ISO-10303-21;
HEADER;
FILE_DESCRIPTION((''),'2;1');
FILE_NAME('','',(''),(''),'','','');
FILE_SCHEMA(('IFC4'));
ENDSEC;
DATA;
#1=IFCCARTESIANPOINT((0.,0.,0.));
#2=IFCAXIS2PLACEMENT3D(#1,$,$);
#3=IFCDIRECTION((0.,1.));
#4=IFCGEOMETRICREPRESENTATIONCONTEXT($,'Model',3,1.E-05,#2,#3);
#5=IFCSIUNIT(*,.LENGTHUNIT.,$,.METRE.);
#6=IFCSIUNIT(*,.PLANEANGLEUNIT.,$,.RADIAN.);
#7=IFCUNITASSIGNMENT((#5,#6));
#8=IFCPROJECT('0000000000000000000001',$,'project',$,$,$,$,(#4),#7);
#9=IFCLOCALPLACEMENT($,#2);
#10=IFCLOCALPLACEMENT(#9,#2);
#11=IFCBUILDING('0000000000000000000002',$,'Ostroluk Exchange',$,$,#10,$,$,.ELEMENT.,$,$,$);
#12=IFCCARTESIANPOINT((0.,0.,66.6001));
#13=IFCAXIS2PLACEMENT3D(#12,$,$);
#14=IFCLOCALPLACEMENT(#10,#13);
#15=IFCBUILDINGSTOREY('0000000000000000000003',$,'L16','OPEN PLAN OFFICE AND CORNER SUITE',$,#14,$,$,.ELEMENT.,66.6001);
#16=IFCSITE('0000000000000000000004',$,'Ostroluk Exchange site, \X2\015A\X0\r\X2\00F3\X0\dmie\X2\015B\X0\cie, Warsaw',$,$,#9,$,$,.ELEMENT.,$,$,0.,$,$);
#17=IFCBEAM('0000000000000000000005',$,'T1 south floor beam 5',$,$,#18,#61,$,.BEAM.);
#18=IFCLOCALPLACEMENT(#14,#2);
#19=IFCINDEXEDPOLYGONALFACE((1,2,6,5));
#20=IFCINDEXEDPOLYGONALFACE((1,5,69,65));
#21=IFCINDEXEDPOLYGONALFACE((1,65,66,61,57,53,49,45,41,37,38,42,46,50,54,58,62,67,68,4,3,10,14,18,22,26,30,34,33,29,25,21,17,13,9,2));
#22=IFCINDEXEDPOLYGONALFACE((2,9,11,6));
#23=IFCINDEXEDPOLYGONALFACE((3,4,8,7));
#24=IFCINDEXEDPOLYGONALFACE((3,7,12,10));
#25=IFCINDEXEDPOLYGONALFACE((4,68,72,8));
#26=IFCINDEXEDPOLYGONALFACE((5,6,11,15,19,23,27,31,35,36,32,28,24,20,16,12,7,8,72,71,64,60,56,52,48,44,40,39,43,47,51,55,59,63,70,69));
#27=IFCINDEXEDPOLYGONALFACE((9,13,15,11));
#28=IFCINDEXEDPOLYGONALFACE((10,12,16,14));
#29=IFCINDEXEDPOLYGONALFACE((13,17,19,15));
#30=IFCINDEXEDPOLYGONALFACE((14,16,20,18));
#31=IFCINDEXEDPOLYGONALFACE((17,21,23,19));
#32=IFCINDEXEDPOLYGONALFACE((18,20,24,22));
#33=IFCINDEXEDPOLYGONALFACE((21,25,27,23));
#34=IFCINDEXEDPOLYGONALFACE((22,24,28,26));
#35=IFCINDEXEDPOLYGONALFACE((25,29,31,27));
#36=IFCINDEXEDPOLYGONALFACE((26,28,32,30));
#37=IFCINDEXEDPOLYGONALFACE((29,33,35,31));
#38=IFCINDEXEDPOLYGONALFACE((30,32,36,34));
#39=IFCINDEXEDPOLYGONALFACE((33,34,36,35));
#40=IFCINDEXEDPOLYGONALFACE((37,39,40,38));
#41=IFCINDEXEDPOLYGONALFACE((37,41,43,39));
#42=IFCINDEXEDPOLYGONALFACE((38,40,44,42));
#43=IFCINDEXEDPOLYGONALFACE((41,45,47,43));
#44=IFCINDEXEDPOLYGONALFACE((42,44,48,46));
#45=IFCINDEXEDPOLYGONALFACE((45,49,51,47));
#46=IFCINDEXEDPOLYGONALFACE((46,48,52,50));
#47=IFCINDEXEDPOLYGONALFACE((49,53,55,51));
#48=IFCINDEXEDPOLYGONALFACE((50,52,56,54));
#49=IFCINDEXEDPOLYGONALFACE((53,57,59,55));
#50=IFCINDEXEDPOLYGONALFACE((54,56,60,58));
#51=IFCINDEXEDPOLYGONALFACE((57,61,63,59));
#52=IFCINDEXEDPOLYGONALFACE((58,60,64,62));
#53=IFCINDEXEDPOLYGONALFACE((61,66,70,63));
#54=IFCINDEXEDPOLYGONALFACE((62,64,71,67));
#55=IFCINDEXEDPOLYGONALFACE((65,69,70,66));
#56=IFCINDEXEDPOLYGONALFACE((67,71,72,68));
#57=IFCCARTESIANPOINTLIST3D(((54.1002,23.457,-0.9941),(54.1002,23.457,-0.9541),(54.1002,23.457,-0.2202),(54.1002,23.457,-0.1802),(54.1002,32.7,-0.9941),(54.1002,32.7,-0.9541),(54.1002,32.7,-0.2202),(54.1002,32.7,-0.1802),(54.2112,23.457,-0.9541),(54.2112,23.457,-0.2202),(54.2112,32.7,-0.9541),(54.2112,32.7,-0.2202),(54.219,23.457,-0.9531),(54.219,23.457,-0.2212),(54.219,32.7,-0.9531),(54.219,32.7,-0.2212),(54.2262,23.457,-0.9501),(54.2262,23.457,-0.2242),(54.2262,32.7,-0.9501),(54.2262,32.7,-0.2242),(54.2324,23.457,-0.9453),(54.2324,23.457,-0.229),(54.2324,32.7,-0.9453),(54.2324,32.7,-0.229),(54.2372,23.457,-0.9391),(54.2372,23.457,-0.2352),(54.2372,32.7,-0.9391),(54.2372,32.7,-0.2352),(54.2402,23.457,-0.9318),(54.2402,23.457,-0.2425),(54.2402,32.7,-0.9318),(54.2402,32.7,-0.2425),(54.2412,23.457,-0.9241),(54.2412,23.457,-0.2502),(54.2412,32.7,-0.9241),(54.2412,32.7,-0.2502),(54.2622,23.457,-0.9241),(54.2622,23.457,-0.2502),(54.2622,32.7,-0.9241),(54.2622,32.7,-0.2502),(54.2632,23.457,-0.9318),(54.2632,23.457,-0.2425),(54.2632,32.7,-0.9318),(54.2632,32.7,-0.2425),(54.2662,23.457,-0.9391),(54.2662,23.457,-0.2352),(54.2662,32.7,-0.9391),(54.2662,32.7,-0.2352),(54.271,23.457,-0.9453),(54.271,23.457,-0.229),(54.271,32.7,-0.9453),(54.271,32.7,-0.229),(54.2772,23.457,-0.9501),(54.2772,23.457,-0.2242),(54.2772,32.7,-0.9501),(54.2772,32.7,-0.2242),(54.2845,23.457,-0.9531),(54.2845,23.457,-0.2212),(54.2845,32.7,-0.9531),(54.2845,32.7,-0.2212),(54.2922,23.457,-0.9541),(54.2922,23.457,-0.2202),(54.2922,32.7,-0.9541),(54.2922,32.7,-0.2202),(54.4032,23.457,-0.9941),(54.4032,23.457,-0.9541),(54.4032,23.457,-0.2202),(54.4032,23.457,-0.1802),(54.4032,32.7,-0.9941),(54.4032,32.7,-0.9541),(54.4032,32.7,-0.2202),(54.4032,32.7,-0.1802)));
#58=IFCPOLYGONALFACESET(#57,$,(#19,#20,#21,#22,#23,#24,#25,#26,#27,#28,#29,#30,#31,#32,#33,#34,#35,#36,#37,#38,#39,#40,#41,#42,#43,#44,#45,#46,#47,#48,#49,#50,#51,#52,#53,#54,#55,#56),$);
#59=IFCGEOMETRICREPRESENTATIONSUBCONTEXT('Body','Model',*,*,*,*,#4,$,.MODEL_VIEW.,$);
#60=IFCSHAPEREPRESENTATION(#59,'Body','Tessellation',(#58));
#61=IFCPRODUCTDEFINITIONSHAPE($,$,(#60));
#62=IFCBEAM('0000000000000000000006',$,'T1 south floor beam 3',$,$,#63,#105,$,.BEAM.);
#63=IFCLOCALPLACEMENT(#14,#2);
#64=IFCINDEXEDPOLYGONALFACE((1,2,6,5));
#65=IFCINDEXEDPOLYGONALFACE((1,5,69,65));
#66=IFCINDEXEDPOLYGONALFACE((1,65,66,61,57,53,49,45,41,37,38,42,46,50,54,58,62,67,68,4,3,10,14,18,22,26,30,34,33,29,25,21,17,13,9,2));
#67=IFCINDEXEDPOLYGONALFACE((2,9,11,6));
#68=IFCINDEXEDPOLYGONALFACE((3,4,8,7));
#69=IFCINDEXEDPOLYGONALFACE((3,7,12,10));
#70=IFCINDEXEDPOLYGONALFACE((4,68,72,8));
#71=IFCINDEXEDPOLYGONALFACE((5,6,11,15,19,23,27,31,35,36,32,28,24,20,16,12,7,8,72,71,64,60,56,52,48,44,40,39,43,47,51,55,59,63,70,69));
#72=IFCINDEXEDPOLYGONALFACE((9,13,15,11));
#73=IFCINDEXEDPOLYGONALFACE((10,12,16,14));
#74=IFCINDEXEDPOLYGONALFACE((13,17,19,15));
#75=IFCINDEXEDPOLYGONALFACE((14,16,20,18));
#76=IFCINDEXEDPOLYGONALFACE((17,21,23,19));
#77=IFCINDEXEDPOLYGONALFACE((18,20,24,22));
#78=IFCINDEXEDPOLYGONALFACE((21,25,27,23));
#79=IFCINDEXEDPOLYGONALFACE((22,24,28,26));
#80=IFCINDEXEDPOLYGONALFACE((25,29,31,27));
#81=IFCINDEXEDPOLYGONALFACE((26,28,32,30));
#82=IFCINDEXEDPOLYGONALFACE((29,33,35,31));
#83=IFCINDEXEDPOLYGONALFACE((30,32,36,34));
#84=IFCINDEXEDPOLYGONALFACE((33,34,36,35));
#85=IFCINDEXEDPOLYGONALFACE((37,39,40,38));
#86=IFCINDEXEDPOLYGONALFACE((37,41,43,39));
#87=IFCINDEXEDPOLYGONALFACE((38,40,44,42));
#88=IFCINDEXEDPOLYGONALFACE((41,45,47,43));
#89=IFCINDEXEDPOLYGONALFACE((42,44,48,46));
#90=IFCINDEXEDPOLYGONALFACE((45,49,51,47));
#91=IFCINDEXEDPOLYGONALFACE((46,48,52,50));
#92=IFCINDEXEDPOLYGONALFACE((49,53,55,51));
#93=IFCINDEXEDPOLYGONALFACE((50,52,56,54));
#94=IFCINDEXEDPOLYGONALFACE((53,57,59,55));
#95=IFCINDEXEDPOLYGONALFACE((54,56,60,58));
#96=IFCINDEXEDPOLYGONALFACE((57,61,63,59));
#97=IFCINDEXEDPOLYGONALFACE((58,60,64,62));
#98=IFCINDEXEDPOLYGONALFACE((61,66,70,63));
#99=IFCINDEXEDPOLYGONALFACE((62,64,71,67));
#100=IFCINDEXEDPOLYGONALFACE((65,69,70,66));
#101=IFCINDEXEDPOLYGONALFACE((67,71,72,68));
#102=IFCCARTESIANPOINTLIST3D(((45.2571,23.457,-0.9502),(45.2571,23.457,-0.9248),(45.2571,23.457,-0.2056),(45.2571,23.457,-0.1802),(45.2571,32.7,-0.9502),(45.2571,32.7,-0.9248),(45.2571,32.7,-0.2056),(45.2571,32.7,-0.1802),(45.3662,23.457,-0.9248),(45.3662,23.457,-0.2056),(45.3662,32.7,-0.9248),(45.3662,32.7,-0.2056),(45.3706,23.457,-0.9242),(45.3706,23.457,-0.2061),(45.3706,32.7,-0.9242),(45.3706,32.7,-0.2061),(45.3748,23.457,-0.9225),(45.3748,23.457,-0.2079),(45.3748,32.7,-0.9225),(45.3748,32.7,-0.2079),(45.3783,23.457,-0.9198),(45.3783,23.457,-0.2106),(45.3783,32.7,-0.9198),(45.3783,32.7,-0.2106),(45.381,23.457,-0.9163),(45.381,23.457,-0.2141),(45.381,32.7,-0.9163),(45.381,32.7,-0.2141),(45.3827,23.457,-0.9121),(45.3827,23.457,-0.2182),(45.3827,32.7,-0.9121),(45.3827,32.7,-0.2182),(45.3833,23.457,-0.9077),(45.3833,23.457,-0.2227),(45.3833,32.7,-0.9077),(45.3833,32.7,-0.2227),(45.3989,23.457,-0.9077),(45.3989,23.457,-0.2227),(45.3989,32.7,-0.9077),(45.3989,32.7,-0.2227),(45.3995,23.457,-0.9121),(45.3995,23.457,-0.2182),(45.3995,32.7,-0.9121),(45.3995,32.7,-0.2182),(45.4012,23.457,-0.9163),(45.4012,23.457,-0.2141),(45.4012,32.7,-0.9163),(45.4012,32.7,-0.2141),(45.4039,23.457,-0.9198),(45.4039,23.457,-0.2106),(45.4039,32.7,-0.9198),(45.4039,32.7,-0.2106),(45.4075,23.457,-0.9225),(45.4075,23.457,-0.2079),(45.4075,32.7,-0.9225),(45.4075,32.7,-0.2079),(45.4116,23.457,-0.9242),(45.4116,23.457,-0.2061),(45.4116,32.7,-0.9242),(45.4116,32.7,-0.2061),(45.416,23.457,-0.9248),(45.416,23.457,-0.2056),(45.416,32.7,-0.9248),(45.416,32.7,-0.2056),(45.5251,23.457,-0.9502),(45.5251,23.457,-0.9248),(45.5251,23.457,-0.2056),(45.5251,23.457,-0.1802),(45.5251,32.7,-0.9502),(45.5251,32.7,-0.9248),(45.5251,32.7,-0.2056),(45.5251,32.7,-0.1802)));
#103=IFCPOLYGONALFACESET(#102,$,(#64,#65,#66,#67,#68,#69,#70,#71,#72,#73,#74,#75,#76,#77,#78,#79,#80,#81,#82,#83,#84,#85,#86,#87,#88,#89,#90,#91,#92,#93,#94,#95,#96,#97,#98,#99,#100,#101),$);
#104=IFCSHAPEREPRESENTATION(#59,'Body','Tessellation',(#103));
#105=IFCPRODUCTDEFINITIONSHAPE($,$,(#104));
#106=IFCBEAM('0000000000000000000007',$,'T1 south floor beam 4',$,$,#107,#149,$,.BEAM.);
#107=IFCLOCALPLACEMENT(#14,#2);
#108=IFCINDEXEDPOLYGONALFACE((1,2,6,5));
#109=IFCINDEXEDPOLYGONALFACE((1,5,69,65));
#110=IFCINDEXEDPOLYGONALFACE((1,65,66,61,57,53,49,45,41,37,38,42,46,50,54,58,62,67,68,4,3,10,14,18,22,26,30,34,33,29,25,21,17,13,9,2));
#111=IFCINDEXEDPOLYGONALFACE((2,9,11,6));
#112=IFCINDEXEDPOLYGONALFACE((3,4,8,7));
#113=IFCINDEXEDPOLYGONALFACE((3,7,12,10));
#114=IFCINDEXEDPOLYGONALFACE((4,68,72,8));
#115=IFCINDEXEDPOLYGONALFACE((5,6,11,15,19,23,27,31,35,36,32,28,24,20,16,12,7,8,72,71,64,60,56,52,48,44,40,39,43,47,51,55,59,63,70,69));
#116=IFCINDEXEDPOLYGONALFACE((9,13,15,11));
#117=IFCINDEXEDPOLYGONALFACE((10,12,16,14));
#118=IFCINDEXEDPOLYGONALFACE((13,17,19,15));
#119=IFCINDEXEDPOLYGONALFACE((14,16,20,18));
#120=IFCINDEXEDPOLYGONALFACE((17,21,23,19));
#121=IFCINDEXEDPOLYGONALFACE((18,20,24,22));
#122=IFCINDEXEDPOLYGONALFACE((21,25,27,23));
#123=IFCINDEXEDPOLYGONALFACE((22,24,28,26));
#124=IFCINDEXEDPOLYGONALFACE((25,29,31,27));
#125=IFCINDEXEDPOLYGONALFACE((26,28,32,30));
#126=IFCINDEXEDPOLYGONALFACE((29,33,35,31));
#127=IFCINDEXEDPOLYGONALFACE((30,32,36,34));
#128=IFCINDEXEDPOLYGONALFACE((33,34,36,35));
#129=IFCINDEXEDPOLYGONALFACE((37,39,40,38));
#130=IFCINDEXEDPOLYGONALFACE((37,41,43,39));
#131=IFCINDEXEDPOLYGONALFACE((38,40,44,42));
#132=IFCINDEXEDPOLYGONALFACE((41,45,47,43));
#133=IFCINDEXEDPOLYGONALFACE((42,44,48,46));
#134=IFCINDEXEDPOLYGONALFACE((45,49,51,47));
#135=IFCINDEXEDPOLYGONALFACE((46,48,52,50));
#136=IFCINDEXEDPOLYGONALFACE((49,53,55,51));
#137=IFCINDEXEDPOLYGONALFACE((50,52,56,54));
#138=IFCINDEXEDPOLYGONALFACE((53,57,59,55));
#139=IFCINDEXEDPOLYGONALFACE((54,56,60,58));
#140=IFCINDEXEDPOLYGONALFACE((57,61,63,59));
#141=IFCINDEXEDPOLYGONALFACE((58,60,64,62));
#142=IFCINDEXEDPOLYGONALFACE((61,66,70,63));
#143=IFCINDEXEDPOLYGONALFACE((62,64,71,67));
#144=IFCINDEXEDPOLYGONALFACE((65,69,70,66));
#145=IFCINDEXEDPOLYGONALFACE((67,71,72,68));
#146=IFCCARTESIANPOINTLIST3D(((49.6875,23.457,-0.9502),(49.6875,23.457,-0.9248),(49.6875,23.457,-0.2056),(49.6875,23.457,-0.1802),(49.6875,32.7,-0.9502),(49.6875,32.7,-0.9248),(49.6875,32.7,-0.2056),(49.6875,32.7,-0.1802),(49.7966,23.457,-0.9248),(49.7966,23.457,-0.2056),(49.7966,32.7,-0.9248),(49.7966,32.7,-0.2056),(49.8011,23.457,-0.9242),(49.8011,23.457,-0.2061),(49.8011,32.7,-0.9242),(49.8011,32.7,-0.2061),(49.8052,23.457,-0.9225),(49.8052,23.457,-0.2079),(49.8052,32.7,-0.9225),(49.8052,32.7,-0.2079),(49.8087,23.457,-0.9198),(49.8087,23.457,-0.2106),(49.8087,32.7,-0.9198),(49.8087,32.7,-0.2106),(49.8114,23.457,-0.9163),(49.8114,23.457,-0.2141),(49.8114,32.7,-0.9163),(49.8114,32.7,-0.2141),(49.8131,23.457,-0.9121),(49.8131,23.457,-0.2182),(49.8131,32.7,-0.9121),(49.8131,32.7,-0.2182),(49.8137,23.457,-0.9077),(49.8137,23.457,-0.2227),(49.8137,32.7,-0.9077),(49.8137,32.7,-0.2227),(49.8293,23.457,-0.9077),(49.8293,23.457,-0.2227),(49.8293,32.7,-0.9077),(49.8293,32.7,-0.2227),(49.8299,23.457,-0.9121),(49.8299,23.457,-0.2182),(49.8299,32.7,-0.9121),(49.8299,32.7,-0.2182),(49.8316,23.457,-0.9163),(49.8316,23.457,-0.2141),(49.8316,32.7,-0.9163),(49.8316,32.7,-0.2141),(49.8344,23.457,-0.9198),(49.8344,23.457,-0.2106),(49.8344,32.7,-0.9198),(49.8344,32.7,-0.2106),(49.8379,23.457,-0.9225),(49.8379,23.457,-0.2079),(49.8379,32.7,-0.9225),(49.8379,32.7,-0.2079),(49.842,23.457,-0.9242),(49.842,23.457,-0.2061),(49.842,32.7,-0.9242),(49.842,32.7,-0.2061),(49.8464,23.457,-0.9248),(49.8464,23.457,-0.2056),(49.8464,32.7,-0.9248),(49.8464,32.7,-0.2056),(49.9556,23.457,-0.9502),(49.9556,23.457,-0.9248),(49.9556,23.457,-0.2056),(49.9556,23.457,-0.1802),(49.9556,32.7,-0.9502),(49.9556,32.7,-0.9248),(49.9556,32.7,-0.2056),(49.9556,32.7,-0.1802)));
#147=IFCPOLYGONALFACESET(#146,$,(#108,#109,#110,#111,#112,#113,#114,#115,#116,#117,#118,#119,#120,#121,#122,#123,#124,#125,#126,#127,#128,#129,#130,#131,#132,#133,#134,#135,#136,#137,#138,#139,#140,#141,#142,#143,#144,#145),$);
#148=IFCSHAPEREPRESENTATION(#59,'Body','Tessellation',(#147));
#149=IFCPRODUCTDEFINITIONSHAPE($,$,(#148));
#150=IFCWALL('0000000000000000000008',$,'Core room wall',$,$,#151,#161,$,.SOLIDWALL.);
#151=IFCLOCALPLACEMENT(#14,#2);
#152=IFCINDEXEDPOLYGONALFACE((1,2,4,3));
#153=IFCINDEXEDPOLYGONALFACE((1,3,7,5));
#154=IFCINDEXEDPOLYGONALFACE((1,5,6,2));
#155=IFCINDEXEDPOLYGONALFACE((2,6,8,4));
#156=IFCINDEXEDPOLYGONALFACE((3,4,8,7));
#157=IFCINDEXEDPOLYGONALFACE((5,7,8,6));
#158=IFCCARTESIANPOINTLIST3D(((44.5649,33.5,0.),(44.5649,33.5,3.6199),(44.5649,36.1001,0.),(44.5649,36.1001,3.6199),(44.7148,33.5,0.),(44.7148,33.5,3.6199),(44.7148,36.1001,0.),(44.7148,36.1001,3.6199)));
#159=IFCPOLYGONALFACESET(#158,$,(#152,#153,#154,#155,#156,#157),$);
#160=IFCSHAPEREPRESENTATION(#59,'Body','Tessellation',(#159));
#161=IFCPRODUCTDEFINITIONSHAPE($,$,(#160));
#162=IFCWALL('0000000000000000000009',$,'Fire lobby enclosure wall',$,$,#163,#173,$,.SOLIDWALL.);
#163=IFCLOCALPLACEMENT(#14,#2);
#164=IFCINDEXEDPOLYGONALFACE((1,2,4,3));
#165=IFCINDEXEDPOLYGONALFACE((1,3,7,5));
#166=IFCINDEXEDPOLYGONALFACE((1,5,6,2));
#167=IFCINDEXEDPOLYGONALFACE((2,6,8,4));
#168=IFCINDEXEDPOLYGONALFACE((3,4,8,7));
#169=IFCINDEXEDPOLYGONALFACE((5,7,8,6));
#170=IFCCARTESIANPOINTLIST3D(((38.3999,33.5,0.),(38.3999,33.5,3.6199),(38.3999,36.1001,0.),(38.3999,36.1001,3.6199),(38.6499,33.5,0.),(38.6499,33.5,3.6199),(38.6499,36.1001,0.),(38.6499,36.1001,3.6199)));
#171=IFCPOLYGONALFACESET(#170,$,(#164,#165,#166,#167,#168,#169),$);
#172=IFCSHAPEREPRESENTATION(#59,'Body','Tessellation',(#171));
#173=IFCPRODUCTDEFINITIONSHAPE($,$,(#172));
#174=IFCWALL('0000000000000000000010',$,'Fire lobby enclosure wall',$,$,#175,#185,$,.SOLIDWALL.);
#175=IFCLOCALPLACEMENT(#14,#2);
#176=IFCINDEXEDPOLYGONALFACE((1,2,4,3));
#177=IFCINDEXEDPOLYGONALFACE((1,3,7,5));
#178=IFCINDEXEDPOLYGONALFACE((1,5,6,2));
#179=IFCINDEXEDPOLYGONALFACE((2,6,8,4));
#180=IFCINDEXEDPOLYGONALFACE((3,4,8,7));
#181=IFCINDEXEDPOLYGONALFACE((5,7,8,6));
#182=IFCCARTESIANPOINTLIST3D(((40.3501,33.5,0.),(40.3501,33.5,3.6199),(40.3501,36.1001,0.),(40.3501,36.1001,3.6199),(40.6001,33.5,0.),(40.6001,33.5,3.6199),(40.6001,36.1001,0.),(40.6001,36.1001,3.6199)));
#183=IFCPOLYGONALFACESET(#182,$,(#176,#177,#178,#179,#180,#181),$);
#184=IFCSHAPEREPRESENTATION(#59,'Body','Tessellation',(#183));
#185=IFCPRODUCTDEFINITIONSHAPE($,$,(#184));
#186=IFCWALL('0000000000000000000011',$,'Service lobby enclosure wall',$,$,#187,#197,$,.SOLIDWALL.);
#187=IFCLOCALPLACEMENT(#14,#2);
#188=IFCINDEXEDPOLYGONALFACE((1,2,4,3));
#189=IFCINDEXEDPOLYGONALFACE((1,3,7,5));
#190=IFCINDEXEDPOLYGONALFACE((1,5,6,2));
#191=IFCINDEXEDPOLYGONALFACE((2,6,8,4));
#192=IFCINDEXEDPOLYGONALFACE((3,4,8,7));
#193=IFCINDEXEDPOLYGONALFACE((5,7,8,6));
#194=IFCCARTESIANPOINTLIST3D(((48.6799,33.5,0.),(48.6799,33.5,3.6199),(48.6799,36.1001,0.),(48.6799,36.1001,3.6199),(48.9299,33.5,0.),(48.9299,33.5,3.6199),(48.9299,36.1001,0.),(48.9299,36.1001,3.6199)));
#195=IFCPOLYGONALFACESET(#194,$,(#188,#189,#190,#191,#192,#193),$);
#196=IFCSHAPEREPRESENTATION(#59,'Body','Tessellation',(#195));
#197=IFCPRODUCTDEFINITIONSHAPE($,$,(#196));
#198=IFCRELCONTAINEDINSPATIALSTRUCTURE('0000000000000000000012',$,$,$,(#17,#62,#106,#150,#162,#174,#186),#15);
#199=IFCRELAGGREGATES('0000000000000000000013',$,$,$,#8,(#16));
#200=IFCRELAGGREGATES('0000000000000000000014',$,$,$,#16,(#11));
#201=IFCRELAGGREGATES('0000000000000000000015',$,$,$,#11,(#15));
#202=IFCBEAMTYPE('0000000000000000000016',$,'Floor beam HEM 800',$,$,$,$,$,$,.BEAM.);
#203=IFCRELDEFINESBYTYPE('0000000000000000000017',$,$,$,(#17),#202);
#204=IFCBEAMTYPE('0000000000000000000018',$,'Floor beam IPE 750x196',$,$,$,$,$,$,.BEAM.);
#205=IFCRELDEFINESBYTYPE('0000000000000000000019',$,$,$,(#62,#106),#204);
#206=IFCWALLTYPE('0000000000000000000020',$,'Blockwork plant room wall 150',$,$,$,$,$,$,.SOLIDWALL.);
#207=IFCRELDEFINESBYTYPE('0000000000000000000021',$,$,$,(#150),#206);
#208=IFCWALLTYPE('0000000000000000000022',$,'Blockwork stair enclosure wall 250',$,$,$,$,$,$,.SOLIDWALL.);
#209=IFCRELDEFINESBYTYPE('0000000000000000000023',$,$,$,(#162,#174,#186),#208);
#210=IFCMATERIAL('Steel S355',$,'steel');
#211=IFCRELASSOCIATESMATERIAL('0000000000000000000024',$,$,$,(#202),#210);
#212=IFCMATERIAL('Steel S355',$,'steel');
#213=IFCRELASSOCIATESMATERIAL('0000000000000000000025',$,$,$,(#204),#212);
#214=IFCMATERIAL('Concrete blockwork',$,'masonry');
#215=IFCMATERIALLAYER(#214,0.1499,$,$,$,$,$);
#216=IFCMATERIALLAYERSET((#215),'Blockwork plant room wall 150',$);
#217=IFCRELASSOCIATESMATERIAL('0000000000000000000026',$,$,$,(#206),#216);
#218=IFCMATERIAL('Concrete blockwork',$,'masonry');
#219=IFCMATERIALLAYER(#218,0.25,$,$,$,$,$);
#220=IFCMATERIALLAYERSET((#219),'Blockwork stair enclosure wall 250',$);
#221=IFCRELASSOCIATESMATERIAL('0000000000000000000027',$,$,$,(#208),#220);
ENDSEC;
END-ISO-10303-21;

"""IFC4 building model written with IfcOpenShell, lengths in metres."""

from ifc_helpers import new_model, si_unit, direction, frame, frame_2d, origin, origin_2d, place, context, subcontext, project, spatial, rectangle, i_section, extrude, material, layer, layer_set, material_profile, profile_set, type_object, element, save


model = new_model("IFC4")

# Units and contexts
model_context = context("Model", 3, precision=1e-05, world=origin(), true_north=direction((0.0, 1.0)))
body_context = subcontext(model_context, "Body", "Model", "MODEL_VIEW")
ifc_project = project(units=[si_unit("LENGTHUNIT", "METRE"), si_unit("PLANEANGLEUNIT", "RADIAN")], contexts=[model_context])

# Site, building, storey
site_placement = place(None, origin())
site = spatial("IfcSite", under=ifc_project, at=site_placement, Name="Ostroluk Exchange site, Śródmieście, Warsaw", CompositionType="ELEMENT", RefElevation=0.0)
building_placement = place(site_placement, origin())
building = spatial("IfcBuilding", under=site, at=building_placement, Name="Ostroluk Exchange", CompositionType="ELEMENT")
storey_placement = place(building_placement, frame((0.0, 0.0, 66.6001)))
storey = spatial("IfcBuildingStorey", under=building, at=storey_placement, Name="L16", Description="OPEN PLAN OFFICE AND CORNER SUITE", CompositionType="ELEMENT", Elevation=66.6001)

# Beams
ifc_material_1 = material(Name="Steel S355", Category="steel")
ifc_material_profile_1 = material_profile(ifc_material_1, i_section(OverallWidth=0.303, OverallDepth=0.814, WebThickness=0.021, FlangeThickness=0.04, FilletRadius=0.03, at=origin_2d()), Name="HEM 800")
ifc_profile_set_1 = profile_set([ifc_material_profile_1], Name="Steel S355")
beam_type_1 = type_object("IfcBeamType", Name="Floor beam HEM 800", PredefinedType="BEAM", material=ifc_profile_set_1)
beam_placement = place(storey_placement, frame((54.2517, 32.7, -0.5872), z_axis=(0.0, -1.0, 0.0), x_axis=(1.0, 0.0, 0.0)))
element("IfcBeam", 1, at=beam_placement, inside=storey, type_object=beam_type_1, Name="T1 south floor beam 5", PredefinedType="BEAM", context=body_context, shape_type="SweptSolid", body=[
    extrude(i_section(OverallWidth=0.303, OverallDepth=0.814, WebThickness=0.021, FlangeThickness=0.04, FilletRadius=0.03, at=origin_2d()), origin(), (0.0, 0.0, 1.0), 9.2429),
])
ifc_material_2 = material(Name="Steel S355", Category="steel")
ifc_material_profile_2 = material_profile(ifc_material_2, i_section(OverallWidth=0.2681, OverallDepth=0.77, WebThickness=0.0156, FlangeThickness=0.0254, FilletRadius=0.0171, at=origin_2d()), Name="IPE 750x196")
ifc_profile_set_2 = profile_set([ifc_material_profile_2], Name="Steel S355")
beam_type_2 = type_object("IfcBeamType", Name="Floor beam IPE 750x196", PredefinedType="BEAM", material=ifc_profile_set_2)
for number, where, z_axis, x_axis, name in (
    (2, (45.3911, 32.7, -0.5652), (0.0, -1.0, 0.0), (1.0, 0.0, 0.0), "T1 south floor beam 3"),
    (3, (49.8215, 32.7, -0.5652), (0.0, -1.0, 0.0), (1.0, 0.0, 0.0), "T1 south floor beam 4"),
):
    element("IfcBeam", number, at=place(storey_placement, frame(where, z_axis=z_axis, x_axis=x_axis)), inside=storey, type_object=beam_type_2, Name=name, PredefinedType="BEAM", context=body_context, shape_type="SweptSolid", body=[
        extrude(i_section(OverallWidth=0.2681, OverallDepth=0.77, WebThickness=0.0156, FlangeThickness=0.0254, FilletRadius=0.0171, at=origin_2d()), origin(), (0.0, 0.0, 1.0), 9.2429),
    ])

# Walls
ifc_material_3 = material(Name="Concrete blockwork", Category="masonry")
ifc_layer_1 = layer(ifc_material_3, 0.1499)
ifc_layer_set_1 = layer_set([ifc_layer_1], Name="Blockwork plant room wall 150")
wall_type_1 = type_object("IfcWallType", Name="Blockwork plant room wall 150", PredefinedType="SOLIDWALL", material=ifc_layer_set_1)
wall_1_placement = place(storey_placement, frame((44.6399, 33.5, 0.0), z_axis=(0.0, 0.0, 1.0), x_axis=(0.0, 1.0, 0.0)))
element("IfcWall", 4, at=wall_1_placement, inside=storey, type_object=wall_type_1, Name="Core room wall", PredefinedType="SOLIDWALL", context=body_context, shape_type="SweptSolid", body=[
    extrude(rectangle(XDim=2.6001, YDim=0.1499, at=frame_2d((1.3, 0.0))), origin(), (0.0, 0.0, 1.0), 3.6199),
])
ifc_material_4 = material(Name="Concrete blockwork", Category="masonry")
ifc_layer_2 = layer(ifc_material_4, 0.25)
ifc_layer_set_2 = layer_set([ifc_layer_2], Name="Blockwork stair enclosure wall 250")
wall_type_2 = type_object("IfcWallType", Name="Blockwork stair enclosure wall 250", PredefinedType="SOLIDWALL", material=ifc_layer_set_2)
for number, where, z_axis, x_axis, name in (
    (5, (38.5249, 33.5, 0.0), (0.0, 0.0, 1.0), (0.0, 1.0, 0.0), "Fire lobby enclosure wall"),
    (6, (40.4751, 33.5, 0.0), (0.0, 0.0, 1.0), (0.0, 1.0, 0.0), "Fire lobby enclosure wall"),
    (7, (48.8049, 33.5, 0.0), (0.0, 0.0, 1.0), (0.0, 1.0, 0.0), "Service lobby enclosure wall"),
):
    element("IfcWall", number, at=place(storey_placement, frame(where, z_axis=z_axis, x_axis=x_axis)), inside=storey, type_object=wall_type_2, Name=name, PredefinedType="SOLIDWALL", context=body_context, shape_type="SweptSolid", body=[
        extrude(rectangle(XDim=2.6001, YDim=0.25, at=frame_2d((1.3, 0.0))), origin(), (0.0, 0.0, 1.0), 3.6199),
    ])

save(model, "model.ifc")
